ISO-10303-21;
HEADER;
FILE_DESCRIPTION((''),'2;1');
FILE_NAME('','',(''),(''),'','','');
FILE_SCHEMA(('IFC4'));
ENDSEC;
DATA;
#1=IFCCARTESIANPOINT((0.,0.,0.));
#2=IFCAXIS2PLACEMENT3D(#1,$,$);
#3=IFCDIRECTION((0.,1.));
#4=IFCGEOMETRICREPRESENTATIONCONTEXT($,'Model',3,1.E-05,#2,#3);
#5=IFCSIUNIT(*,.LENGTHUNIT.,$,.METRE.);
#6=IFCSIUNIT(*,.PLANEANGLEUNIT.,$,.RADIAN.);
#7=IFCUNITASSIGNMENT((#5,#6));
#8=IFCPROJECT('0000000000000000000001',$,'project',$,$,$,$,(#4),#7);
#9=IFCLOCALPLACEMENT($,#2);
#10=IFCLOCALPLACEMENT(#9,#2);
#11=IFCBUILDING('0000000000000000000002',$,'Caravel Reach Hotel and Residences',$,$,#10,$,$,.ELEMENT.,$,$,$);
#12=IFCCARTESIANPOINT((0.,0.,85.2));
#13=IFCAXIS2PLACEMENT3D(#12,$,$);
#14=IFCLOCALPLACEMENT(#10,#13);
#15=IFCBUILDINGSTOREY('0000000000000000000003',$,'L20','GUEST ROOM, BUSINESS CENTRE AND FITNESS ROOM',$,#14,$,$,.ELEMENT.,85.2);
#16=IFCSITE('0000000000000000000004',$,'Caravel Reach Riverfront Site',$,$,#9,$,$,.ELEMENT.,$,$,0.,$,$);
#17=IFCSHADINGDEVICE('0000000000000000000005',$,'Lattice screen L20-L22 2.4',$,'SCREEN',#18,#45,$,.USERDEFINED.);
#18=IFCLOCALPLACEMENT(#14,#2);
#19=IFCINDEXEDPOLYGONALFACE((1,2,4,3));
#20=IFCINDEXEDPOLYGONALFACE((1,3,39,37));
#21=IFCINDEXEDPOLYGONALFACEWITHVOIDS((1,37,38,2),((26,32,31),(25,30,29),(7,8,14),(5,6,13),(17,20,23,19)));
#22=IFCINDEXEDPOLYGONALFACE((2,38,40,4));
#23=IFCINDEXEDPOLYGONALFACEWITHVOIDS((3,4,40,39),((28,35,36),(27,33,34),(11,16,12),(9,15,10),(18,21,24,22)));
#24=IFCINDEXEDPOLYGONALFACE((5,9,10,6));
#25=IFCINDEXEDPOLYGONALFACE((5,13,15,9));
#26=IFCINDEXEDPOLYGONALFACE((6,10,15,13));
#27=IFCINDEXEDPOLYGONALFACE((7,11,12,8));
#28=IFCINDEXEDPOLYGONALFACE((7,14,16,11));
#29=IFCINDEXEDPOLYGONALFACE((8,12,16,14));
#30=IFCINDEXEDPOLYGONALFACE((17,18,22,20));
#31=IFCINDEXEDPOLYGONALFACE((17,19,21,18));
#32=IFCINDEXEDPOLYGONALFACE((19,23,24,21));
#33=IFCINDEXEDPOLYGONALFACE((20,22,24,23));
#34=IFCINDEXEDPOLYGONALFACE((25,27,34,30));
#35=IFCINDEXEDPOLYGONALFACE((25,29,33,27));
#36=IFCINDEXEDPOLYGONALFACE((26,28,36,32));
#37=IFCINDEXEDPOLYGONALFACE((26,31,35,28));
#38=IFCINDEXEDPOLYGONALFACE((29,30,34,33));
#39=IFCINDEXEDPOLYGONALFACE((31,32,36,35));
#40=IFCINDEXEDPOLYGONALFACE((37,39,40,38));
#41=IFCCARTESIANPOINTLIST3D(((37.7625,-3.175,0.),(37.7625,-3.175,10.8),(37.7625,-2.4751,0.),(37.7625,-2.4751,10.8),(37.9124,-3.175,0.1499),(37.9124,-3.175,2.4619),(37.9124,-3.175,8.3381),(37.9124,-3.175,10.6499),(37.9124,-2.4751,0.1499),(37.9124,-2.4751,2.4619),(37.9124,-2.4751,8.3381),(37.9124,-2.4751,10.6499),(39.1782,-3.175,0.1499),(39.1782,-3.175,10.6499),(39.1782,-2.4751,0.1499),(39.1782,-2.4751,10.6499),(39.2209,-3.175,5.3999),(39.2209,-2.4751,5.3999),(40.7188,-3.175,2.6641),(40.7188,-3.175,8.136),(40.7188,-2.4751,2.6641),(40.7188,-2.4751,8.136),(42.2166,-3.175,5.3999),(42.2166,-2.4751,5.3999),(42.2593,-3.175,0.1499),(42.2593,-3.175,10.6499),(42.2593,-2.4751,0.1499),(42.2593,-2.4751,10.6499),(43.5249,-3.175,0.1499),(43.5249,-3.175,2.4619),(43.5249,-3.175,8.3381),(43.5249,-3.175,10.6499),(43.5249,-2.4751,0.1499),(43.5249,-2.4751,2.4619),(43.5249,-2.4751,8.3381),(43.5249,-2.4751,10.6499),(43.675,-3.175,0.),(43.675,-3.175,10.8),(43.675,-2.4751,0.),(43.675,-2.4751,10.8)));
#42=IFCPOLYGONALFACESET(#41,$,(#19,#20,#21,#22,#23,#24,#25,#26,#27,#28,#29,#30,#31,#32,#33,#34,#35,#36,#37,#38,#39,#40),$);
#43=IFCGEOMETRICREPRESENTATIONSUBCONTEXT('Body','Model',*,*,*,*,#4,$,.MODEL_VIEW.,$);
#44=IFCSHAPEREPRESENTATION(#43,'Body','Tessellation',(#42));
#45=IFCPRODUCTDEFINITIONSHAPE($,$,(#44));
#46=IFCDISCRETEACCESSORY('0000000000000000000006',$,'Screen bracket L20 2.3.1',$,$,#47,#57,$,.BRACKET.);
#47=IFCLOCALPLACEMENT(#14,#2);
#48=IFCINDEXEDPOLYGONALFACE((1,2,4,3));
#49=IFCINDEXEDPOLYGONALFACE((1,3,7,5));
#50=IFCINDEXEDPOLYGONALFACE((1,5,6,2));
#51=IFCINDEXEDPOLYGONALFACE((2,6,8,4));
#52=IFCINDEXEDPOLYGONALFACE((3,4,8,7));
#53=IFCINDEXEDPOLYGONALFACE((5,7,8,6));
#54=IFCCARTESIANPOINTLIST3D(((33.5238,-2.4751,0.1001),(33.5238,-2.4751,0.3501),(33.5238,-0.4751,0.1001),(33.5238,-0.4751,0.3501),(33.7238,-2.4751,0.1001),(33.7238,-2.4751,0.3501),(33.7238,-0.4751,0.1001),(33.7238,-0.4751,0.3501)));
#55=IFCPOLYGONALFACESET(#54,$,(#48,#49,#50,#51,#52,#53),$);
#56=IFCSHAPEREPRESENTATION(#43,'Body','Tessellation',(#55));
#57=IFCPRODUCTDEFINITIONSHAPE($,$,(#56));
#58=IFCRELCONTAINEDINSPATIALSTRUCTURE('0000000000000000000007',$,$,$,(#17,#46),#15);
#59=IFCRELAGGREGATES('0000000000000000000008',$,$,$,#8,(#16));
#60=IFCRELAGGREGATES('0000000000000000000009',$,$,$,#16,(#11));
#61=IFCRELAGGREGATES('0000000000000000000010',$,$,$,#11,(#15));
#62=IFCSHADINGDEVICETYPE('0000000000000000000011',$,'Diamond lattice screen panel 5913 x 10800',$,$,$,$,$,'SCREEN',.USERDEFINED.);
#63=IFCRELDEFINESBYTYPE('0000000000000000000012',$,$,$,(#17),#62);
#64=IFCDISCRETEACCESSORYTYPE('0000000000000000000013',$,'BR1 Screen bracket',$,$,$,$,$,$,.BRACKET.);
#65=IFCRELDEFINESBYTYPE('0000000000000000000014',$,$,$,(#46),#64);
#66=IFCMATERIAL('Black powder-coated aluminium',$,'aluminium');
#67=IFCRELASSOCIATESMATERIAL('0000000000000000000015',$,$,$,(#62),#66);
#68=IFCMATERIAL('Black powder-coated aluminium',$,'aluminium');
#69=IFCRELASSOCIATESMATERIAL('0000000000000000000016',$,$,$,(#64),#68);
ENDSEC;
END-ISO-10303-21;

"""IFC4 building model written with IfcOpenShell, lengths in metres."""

from ifc_helpers import new_model, si_unit, direction, frame, origin, origin_2d, place, context, subcontext, project, spatial, polyline, rectangle, outline, extrude, material, type_object, element, save


model = new_model("IFC4")

# Units and contexts
model_context = context("Model", 3, precision=1e-05, world=origin(), true_north=direction((0.0, 1.0)))
body_context = subcontext(model_context, "Body", "Model", "MODEL_VIEW")
ifc_project = project(units=[si_unit("LENGTHUNIT", "METRE"), si_unit("PLANEANGLEUNIT", "RADIAN")], contexts=[model_context])

# Site, building, storey
site_placement = place(None, origin())
site = spatial("IfcSite", under=ifc_project, at=site_placement, Name="Caravel Reach Riverfront Site", CompositionType="ELEMENT", RefElevation=0.0)
building_placement = place(site_placement, origin())
building = spatial("IfcBuilding", under=site, at=building_placement, Name="Caravel Reach Hotel and Residences", CompositionType="ELEMENT")
storey_placement = place(building_placement, frame((0.0, 0.0, 85.2)))
storey = spatial("IfcBuildingStorey", under=building, at=storey_placement, Name="L20", Description="GUEST ROOM, BUSINESS CENTRE AND FITNESS ROOM", CompositionType="ELEMENT", Elevation=85.2)

# Shading device
ifc_material_1 = material(Name="Black powder-coated aluminium", Category="aluminium")
shading_device_type = type_object("IfcShadingDeviceType", Name="Diamond lattice screen panel 5913 x 10800", ElementType="SCREEN", PredefinedType="USERDEFINED", material=ifc_material_1)
for number, where, z_axis, x_axis, name in (
    (1, (37.7625, -2.4751, 0.0), (0.0, -1.0, 0.0), (1.0, 0.0, 0.0), "Lattice screen L20-L22 2.4"),
):
    element("IfcShadingDevice", number, at=place(storey_placement, frame(where, z_axis=z_axis, x_axis=x_axis)), inside=storey, type_object=shading_device_type, Name=name, ObjectType="SCREEN", PredefinedType="USERDEFINED", context=body_context, shape_type="SweptSolid", body=[
        extrude(outline(polyline([(0.0, 0.0), (5.9126, 0.0), (5.9126, 10.8), (0.0, 10.8), (0.0, 0.0)]), holes=[polyline([(1.4158, 0.1499), (0.1499, 2.4619), (0.1499, 0.1499), (1.4158, 0.1499)]), polyline([(0.1499, 8.3381), (1.4158, 10.6499), (0.1499, 10.6499), (0.1499, 8.3381)]), polyline([(2.9563, 8.136), (1.4585, 5.3999), (2.9563, 2.6641), (4.4541, 5.3999), (2.9563, 8.136)]), polyline([(5.7625, 2.4619), (4.4968, 0.1499), (5.7625, 0.1499), (5.7625, 2.4619)]), polyline([(4.4968, 10.6499), (5.7625, 8.3381), (5.7625, 10.6499), (4.4968, 10.6499)])]), origin(), (0.0, 0.0, 1.0), 0.7),
    ])

# Discrete accessory
ifc_material_2 = material(Name="Black powder-coated aluminium", Category="aluminium")
discrete_accessory_type = type_object("IfcDiscreteAccessoryType", Name="BR1 Screen bracket", PredefinedType="BRACKET", material=ifc_material_2)
discrete_accessory_placement = place(storey_placement, frame((33.6238, -1.4751, 0.1001), z_axis=(0.0, 0.0, 1.0), x_axis=(0.0, -1.0, 0.0)))
element("IfcDiscreteAccessory", 2, at=discrete_accessory_placement, inside=storey, type_object=discrete_accessory_type, Name="Screen bracket L20 2.3.1", PredefinedType="BRACKET", context=body_context, shape_type="SweptSolid", body=[
    extrude(rectangle(XDim=2.0, YDim=0.2, at=origin_2d()), origin(), (0.0, 0.0, 1.0), 0.25),
])

save(model, "model.ifc")
